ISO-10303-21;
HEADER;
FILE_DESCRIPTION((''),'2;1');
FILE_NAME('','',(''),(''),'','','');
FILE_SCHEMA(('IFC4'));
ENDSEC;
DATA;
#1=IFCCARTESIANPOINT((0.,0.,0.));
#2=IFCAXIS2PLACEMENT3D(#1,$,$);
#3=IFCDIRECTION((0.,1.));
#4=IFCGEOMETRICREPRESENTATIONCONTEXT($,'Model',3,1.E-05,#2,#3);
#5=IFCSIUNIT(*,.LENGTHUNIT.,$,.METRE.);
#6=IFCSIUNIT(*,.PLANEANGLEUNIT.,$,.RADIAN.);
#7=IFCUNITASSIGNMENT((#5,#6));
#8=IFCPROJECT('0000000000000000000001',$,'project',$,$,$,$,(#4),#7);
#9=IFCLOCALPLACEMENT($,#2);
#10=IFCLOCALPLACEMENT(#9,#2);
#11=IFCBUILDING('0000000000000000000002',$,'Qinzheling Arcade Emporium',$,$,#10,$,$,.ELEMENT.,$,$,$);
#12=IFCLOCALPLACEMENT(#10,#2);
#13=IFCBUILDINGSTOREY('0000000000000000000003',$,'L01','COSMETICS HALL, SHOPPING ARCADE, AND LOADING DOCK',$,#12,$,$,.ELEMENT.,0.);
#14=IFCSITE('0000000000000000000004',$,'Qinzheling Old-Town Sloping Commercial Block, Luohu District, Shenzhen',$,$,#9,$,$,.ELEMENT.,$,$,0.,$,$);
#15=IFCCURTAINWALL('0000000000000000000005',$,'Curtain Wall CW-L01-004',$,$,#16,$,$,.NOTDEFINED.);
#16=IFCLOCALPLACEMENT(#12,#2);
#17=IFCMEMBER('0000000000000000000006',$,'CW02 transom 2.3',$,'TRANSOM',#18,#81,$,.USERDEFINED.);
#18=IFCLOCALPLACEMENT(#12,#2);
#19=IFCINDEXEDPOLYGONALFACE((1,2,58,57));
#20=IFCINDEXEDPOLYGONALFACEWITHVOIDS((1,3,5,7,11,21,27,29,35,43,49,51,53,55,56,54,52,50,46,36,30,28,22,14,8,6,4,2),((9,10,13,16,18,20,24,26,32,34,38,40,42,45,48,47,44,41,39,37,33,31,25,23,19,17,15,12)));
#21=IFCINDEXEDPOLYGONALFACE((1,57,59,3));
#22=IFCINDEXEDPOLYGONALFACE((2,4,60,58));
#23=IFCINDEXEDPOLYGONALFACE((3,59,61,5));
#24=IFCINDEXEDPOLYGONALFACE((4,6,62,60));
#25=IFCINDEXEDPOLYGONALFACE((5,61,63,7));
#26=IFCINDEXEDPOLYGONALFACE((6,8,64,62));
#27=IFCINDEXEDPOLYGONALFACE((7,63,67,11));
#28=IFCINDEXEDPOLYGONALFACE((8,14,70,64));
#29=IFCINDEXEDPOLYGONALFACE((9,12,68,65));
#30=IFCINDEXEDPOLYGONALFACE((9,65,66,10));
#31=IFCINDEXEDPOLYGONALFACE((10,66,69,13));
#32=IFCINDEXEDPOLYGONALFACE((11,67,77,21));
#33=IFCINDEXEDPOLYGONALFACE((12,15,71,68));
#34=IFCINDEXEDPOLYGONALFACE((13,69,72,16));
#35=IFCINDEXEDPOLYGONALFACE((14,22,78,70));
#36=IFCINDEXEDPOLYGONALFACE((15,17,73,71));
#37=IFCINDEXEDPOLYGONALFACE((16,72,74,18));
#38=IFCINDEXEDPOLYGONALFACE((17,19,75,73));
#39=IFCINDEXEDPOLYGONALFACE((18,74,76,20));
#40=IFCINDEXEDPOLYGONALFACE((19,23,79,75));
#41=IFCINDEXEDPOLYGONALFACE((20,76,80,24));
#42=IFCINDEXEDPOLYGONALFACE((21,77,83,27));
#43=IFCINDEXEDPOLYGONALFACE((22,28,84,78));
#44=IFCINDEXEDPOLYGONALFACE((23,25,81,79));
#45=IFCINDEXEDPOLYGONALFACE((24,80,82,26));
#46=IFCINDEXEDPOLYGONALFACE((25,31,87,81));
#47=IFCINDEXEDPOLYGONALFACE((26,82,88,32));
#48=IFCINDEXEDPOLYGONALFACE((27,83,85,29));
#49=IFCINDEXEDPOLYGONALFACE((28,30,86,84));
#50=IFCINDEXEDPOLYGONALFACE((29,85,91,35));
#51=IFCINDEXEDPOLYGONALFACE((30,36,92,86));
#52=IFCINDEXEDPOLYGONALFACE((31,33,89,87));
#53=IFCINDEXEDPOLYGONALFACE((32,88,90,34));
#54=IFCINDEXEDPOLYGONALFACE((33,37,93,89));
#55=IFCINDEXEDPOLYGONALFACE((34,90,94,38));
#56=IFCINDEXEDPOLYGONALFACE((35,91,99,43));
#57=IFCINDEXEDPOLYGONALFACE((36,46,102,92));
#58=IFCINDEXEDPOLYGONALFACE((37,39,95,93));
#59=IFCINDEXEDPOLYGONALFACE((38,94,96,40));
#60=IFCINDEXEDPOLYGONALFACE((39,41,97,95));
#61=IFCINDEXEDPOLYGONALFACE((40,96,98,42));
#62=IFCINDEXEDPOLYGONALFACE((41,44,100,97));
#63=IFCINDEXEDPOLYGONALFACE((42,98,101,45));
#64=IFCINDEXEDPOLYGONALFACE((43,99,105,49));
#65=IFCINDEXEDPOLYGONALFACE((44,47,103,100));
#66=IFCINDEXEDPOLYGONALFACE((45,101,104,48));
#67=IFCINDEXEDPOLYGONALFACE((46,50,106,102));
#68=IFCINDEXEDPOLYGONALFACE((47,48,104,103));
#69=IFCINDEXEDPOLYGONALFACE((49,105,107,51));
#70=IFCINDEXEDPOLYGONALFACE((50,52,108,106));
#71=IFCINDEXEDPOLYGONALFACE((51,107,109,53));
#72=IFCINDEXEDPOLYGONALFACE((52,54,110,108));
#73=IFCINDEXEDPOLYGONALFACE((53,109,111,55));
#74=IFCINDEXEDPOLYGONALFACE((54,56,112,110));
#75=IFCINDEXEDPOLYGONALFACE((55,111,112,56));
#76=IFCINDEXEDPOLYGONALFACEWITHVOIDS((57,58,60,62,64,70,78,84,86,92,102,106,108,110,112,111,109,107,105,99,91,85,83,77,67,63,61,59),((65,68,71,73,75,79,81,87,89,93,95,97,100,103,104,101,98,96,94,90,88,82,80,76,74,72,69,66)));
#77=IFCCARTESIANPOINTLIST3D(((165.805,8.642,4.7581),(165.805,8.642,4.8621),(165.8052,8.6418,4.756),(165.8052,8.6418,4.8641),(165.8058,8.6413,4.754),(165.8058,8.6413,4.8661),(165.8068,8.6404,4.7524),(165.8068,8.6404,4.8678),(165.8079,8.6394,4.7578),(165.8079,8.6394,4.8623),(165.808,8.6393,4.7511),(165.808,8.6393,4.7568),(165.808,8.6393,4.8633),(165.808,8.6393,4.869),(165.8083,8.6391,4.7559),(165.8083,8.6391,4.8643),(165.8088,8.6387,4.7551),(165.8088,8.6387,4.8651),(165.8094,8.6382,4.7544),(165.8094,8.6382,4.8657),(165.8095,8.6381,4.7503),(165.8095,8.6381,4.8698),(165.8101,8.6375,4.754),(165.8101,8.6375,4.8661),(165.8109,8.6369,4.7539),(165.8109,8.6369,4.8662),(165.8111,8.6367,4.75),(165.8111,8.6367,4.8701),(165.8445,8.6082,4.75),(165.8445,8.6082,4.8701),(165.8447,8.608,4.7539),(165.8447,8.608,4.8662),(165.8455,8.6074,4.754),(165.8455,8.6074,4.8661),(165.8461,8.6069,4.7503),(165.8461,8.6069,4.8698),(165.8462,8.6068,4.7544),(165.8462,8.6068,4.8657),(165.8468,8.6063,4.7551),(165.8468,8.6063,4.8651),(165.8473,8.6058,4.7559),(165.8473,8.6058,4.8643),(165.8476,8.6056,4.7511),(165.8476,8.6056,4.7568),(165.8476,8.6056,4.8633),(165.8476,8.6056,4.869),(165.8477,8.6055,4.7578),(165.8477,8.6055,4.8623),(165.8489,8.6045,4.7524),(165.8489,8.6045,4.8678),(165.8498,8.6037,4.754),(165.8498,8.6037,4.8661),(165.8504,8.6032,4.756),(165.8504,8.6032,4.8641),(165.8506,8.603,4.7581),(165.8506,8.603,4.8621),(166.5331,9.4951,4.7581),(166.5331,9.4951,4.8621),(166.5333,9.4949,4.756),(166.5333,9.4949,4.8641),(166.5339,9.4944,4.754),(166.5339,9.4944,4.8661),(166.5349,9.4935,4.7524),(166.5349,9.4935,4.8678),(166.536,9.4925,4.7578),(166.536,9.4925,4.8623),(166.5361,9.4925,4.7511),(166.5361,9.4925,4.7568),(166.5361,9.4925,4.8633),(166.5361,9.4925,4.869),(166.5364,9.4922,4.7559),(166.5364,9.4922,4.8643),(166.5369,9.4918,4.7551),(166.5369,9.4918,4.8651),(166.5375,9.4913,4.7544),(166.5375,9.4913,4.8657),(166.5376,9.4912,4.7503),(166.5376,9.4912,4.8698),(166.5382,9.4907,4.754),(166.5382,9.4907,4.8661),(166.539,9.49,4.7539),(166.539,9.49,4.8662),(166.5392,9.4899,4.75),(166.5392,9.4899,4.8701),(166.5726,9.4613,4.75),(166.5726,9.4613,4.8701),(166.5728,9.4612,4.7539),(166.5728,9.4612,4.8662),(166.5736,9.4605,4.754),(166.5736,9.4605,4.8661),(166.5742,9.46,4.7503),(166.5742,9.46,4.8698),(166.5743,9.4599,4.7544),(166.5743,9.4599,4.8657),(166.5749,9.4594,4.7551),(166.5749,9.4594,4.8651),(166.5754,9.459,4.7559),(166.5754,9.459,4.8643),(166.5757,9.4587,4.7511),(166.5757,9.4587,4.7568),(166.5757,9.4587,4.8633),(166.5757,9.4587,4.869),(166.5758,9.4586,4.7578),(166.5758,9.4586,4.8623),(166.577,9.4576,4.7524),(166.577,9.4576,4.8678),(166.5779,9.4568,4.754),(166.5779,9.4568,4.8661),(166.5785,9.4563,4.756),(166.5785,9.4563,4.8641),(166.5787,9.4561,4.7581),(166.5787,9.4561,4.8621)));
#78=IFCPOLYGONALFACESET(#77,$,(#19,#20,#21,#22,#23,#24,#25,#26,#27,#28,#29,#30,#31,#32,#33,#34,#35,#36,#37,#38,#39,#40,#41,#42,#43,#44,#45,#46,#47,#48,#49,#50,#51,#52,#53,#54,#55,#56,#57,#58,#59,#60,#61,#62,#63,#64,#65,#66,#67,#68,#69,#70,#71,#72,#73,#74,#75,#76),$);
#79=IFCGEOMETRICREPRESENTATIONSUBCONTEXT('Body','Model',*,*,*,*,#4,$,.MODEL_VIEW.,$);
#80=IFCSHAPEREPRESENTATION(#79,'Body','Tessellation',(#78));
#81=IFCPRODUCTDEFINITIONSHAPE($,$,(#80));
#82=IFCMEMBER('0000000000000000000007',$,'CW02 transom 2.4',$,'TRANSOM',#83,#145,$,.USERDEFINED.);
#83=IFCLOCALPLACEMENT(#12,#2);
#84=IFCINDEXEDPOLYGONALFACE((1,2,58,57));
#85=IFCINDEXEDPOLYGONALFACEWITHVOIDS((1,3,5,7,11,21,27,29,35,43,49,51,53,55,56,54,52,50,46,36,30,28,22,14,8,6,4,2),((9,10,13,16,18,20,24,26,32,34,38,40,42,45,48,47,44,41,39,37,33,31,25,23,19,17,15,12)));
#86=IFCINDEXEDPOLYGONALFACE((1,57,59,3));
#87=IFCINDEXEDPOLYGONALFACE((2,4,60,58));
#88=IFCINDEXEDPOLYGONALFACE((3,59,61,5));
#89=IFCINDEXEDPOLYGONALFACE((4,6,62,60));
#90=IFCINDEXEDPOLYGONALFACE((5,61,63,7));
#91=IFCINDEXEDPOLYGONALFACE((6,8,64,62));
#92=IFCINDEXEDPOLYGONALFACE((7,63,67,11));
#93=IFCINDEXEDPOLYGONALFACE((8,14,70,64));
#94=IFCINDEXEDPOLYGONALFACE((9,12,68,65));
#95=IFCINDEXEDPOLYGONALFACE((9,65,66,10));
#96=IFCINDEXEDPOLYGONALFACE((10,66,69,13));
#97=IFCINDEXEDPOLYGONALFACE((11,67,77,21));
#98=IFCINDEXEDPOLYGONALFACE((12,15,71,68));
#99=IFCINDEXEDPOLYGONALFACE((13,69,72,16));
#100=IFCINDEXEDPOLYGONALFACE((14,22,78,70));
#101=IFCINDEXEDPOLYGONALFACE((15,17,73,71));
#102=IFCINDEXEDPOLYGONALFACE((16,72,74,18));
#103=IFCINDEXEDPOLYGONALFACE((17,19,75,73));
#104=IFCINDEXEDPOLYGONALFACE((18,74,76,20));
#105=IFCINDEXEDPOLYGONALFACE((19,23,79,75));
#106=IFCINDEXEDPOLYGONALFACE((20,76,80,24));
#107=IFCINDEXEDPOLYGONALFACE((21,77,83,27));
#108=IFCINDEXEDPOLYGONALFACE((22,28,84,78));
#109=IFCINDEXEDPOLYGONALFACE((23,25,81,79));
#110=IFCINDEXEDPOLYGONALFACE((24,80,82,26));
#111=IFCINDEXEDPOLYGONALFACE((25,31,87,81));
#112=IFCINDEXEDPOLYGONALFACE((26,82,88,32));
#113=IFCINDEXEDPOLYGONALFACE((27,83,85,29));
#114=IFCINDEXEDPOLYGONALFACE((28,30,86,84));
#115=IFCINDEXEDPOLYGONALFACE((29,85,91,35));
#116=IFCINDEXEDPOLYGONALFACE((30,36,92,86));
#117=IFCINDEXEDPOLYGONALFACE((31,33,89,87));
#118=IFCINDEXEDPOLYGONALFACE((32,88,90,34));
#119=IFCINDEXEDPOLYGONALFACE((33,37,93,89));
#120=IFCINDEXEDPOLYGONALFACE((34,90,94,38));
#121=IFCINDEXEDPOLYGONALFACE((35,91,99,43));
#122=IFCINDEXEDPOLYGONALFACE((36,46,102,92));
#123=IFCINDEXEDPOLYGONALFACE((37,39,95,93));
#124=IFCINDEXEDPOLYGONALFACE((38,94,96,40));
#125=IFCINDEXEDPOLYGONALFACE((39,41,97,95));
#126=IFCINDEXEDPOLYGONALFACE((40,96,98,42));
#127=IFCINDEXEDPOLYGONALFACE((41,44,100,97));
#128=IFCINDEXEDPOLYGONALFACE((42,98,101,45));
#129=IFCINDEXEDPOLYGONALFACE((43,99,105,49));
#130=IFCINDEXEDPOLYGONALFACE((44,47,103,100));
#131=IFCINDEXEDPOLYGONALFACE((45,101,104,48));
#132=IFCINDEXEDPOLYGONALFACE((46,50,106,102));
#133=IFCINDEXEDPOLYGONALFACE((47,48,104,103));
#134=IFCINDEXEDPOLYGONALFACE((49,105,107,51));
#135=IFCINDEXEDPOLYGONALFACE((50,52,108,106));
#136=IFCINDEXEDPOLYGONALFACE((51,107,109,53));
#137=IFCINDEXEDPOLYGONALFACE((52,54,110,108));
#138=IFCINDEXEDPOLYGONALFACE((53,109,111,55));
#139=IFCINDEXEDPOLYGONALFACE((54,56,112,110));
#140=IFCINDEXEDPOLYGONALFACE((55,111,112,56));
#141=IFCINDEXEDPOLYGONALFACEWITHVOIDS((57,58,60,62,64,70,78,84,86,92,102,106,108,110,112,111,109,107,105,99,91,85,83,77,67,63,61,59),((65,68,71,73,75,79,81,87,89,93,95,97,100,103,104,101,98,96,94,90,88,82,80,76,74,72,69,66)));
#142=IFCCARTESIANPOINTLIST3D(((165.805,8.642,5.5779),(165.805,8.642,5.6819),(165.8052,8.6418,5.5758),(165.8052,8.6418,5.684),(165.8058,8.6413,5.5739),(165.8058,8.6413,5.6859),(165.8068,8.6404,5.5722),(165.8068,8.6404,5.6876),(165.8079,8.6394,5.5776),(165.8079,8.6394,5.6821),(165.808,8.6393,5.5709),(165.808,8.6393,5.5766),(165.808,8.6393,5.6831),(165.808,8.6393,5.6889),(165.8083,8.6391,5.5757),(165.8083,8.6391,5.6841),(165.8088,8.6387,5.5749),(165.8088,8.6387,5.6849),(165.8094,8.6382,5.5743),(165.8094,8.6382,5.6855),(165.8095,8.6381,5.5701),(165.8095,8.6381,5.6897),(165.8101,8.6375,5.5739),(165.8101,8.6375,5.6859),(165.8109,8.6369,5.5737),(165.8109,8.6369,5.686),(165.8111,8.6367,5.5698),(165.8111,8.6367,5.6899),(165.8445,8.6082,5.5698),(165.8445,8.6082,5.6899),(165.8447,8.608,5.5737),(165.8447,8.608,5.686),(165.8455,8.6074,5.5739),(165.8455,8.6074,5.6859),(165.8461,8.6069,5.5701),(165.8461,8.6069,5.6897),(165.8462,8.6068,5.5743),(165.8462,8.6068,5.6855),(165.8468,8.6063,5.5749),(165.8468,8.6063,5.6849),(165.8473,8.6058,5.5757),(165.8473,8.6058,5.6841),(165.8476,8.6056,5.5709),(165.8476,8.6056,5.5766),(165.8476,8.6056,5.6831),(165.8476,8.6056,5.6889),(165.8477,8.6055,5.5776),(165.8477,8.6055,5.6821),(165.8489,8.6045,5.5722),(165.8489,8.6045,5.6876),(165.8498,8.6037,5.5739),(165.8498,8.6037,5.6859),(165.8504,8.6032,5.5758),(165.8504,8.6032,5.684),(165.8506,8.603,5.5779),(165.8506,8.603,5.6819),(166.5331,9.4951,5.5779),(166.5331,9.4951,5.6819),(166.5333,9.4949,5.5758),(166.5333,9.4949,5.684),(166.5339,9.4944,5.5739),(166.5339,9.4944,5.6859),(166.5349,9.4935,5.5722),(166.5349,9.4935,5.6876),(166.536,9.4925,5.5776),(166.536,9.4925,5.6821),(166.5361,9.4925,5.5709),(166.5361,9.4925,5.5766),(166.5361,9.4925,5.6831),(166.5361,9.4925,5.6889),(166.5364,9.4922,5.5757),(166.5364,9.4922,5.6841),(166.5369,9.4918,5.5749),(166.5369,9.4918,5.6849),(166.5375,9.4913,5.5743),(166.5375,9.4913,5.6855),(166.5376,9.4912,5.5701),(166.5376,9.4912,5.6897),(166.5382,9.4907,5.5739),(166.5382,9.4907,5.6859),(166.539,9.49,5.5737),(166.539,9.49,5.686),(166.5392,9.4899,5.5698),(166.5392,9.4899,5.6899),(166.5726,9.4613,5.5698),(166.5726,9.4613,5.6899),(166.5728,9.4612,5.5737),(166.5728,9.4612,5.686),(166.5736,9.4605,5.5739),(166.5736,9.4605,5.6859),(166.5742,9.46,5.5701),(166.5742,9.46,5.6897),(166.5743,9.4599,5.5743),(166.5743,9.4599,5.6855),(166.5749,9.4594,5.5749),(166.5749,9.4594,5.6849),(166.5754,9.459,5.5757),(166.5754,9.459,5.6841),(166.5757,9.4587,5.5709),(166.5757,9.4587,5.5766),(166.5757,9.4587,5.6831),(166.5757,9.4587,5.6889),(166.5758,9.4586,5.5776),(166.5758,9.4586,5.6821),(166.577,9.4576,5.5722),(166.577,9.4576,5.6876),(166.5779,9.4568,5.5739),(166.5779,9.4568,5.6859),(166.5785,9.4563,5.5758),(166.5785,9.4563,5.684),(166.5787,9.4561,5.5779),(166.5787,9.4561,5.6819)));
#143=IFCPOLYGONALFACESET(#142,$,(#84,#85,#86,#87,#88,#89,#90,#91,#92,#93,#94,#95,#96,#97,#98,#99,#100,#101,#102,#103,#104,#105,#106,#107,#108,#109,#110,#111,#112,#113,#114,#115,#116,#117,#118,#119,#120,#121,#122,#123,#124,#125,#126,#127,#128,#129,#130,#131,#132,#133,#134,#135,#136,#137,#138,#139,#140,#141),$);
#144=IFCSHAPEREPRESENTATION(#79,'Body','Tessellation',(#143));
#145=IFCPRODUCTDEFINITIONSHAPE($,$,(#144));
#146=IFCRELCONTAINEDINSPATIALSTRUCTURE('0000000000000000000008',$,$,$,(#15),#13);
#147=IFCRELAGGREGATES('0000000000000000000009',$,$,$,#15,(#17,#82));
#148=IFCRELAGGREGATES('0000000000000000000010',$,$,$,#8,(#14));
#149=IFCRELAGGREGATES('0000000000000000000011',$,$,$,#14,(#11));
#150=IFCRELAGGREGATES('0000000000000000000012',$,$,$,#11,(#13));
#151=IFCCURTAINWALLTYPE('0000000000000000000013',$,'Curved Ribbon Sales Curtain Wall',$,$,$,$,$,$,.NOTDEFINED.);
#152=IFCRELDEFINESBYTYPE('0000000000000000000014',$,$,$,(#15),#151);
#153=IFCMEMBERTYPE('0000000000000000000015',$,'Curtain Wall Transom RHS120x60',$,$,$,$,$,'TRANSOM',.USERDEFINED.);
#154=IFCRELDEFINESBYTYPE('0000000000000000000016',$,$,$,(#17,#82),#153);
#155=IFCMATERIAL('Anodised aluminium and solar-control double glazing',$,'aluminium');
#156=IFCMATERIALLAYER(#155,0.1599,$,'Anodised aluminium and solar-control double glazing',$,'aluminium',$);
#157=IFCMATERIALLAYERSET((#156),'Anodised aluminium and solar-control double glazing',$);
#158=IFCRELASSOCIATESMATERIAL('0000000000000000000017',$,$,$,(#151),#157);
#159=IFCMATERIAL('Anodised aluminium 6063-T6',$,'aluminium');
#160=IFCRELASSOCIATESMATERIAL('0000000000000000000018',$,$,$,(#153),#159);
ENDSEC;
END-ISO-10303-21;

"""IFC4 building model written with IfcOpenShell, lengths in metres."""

from ifc_helpers import new_model, si_unit, direction, frame, origin, origin_2d, place, context, subcontext, project, spatial, hollow_rectangle, extrude, material, layer, layer_set, material_profile, profile_set, type_object, element, aggregate, save


model = new_model("IFC4")

# Units and contexts
model_context = context("Model", 3, precision=1e-05, world=origin(), true_north=direction((0.0, 1.0)))
body_context = subcontext(model_context, "Body", "Model", "MODEL_VIEW")
ifc_project = project(units=[si_unit("LENGTHUNIT", "METRE"), si_unit("PLANEANGLEUNIT", "RADIAN")], contexts=[model_context])

# Site, building, storey
site_placement = place(None, origin())
site = spatial("IfcSite", under=ifc_project, at=site_placement, Name="Qinzheling Old-Town Sloping Commercial Block, Luohu District, Shenzhen", CompositionType="ELEMENT", RefElevation=0.0)
building_placement = place(site_placement, origin())
building = spatial("IfcBuilding", under=site, at=building_placement, Name="Qinzheling Arcade Emporium", CompositionType="ELEMENT")
storey_placement = place(building_placement, origin())
storey = spatial("IfcBuildingStorey", under=building, at=storey_placement, Name="L01", Description="COSMETICS HALL, SHOPPING ARCADE, AND LOADING DOCK", CompositionType="ELEMENT", Elevation=0.0)

# Shared definitions
ifc_material_1 = material(Name="Anodised aluminium and solar-control double glazing", Category="aluminium")
ifc_layer_1 = layer(ifc_material_1, 0.1599, Name="Anodised aluminium and solar-control double glazing", Category="aluminium")
ifc_layer_set_1 = layer_set([ifc_layer_1], Name="Anodised aluminium and solar-control double glazing")
curtain_wall_type = type_object("IfcCurtainWallType", Name="Curved Ribbon Sales Curtain Wall", PredefinedType="NOTDEFINED", material=ifc_layer_set_1)
ifc_material_2 = material(Name="Anodised aluminium 6063-T6", Category="aluminium")

# Curtain wall
curtain_wall_1_placement = place(storey_placement, origin())
curtain_wall_1 = element("IfcCurtainWall", 1, at=curtain_wall_1_placement, inside=storey, type_object=curtain_wall_type, Name="Curtain Wall CW-L01-004", PredefinedType="NOTDEFINED")

# Members
ifc_material_profile_1 = material_profile(ifc_material_2, hollow_rectangle(XDim=0.0601, YDim=0.1201, WallThickness=0.0039, InnerFilletRadius=0.0039, OuterFilletRadius=0.0081, at=origin_2d()), Name="RHS 120x60x4", Category="aluminium")
ifc_profile_set_1 = profile_set([ifc_material_profile_1], Name="Anodised aluminium 6063-T6")
member_type_1 = type_object("IfcMemberType", Name="Curtain Wall Transom RHS120x60", ElementType="TRANSOM", PredefinedType="USERDEFINED", material=ifc_profile_set_1)
member_1_placement = place(storey_placement, frame((166.5559, 9.4756, 4.8101), z_axis=(-0.649176, -0.760638, 0.0), x_axis=(0.760638, -0.649176, 0.0)))
member_1 = element("IfcMember", 2, at=member_1_placement, type_object=member_type_1, Name="CW02 transom 2.3", ObjectType="TRANSOM", PredefinedType="USERDEFINED", context=body_context, shape_type="SweptSolid", body=[
    extrude(hollow_rectangle(XDim=0.0601, YDim=0.1201, WallThickness=0.0039, InnerFilletRadius=0.0039, OuterFilletRadius=0.0081, at=origin_2d()), origin(), (0.0, 0.0, 1.0), 1.1216),
])
member_2_placement = place(storey_placement, frame((166.5559, 9.4756, 5.6299), z_axis=(-0.649176, -0.760638, 0.0), x_axis=(0.760638, -0.649176, 0.0)))
member_2 = element("IfcMember", 3, at=member_2_placement, type_object=member_type_1, Name="CW02 transom 2.4", ObjectType="TRANSOM", PredefinedType="USERDEFINED", context=body_context, shape_type="SweptSolid", body=[
    extrude(hollow_rectangle(XDim=0.0601, YDim=0.1201, WallThickness=0.0039, InnerFilletRadius=0.0039, OuterFilletRadius=0.0081, at=origin_2d()), origin(), (0.0, 0.0, 1.0), 1.1216),
])

aggregate(curtain_wall_1, [member_1, member_2])

save(model, "model.ifc")
